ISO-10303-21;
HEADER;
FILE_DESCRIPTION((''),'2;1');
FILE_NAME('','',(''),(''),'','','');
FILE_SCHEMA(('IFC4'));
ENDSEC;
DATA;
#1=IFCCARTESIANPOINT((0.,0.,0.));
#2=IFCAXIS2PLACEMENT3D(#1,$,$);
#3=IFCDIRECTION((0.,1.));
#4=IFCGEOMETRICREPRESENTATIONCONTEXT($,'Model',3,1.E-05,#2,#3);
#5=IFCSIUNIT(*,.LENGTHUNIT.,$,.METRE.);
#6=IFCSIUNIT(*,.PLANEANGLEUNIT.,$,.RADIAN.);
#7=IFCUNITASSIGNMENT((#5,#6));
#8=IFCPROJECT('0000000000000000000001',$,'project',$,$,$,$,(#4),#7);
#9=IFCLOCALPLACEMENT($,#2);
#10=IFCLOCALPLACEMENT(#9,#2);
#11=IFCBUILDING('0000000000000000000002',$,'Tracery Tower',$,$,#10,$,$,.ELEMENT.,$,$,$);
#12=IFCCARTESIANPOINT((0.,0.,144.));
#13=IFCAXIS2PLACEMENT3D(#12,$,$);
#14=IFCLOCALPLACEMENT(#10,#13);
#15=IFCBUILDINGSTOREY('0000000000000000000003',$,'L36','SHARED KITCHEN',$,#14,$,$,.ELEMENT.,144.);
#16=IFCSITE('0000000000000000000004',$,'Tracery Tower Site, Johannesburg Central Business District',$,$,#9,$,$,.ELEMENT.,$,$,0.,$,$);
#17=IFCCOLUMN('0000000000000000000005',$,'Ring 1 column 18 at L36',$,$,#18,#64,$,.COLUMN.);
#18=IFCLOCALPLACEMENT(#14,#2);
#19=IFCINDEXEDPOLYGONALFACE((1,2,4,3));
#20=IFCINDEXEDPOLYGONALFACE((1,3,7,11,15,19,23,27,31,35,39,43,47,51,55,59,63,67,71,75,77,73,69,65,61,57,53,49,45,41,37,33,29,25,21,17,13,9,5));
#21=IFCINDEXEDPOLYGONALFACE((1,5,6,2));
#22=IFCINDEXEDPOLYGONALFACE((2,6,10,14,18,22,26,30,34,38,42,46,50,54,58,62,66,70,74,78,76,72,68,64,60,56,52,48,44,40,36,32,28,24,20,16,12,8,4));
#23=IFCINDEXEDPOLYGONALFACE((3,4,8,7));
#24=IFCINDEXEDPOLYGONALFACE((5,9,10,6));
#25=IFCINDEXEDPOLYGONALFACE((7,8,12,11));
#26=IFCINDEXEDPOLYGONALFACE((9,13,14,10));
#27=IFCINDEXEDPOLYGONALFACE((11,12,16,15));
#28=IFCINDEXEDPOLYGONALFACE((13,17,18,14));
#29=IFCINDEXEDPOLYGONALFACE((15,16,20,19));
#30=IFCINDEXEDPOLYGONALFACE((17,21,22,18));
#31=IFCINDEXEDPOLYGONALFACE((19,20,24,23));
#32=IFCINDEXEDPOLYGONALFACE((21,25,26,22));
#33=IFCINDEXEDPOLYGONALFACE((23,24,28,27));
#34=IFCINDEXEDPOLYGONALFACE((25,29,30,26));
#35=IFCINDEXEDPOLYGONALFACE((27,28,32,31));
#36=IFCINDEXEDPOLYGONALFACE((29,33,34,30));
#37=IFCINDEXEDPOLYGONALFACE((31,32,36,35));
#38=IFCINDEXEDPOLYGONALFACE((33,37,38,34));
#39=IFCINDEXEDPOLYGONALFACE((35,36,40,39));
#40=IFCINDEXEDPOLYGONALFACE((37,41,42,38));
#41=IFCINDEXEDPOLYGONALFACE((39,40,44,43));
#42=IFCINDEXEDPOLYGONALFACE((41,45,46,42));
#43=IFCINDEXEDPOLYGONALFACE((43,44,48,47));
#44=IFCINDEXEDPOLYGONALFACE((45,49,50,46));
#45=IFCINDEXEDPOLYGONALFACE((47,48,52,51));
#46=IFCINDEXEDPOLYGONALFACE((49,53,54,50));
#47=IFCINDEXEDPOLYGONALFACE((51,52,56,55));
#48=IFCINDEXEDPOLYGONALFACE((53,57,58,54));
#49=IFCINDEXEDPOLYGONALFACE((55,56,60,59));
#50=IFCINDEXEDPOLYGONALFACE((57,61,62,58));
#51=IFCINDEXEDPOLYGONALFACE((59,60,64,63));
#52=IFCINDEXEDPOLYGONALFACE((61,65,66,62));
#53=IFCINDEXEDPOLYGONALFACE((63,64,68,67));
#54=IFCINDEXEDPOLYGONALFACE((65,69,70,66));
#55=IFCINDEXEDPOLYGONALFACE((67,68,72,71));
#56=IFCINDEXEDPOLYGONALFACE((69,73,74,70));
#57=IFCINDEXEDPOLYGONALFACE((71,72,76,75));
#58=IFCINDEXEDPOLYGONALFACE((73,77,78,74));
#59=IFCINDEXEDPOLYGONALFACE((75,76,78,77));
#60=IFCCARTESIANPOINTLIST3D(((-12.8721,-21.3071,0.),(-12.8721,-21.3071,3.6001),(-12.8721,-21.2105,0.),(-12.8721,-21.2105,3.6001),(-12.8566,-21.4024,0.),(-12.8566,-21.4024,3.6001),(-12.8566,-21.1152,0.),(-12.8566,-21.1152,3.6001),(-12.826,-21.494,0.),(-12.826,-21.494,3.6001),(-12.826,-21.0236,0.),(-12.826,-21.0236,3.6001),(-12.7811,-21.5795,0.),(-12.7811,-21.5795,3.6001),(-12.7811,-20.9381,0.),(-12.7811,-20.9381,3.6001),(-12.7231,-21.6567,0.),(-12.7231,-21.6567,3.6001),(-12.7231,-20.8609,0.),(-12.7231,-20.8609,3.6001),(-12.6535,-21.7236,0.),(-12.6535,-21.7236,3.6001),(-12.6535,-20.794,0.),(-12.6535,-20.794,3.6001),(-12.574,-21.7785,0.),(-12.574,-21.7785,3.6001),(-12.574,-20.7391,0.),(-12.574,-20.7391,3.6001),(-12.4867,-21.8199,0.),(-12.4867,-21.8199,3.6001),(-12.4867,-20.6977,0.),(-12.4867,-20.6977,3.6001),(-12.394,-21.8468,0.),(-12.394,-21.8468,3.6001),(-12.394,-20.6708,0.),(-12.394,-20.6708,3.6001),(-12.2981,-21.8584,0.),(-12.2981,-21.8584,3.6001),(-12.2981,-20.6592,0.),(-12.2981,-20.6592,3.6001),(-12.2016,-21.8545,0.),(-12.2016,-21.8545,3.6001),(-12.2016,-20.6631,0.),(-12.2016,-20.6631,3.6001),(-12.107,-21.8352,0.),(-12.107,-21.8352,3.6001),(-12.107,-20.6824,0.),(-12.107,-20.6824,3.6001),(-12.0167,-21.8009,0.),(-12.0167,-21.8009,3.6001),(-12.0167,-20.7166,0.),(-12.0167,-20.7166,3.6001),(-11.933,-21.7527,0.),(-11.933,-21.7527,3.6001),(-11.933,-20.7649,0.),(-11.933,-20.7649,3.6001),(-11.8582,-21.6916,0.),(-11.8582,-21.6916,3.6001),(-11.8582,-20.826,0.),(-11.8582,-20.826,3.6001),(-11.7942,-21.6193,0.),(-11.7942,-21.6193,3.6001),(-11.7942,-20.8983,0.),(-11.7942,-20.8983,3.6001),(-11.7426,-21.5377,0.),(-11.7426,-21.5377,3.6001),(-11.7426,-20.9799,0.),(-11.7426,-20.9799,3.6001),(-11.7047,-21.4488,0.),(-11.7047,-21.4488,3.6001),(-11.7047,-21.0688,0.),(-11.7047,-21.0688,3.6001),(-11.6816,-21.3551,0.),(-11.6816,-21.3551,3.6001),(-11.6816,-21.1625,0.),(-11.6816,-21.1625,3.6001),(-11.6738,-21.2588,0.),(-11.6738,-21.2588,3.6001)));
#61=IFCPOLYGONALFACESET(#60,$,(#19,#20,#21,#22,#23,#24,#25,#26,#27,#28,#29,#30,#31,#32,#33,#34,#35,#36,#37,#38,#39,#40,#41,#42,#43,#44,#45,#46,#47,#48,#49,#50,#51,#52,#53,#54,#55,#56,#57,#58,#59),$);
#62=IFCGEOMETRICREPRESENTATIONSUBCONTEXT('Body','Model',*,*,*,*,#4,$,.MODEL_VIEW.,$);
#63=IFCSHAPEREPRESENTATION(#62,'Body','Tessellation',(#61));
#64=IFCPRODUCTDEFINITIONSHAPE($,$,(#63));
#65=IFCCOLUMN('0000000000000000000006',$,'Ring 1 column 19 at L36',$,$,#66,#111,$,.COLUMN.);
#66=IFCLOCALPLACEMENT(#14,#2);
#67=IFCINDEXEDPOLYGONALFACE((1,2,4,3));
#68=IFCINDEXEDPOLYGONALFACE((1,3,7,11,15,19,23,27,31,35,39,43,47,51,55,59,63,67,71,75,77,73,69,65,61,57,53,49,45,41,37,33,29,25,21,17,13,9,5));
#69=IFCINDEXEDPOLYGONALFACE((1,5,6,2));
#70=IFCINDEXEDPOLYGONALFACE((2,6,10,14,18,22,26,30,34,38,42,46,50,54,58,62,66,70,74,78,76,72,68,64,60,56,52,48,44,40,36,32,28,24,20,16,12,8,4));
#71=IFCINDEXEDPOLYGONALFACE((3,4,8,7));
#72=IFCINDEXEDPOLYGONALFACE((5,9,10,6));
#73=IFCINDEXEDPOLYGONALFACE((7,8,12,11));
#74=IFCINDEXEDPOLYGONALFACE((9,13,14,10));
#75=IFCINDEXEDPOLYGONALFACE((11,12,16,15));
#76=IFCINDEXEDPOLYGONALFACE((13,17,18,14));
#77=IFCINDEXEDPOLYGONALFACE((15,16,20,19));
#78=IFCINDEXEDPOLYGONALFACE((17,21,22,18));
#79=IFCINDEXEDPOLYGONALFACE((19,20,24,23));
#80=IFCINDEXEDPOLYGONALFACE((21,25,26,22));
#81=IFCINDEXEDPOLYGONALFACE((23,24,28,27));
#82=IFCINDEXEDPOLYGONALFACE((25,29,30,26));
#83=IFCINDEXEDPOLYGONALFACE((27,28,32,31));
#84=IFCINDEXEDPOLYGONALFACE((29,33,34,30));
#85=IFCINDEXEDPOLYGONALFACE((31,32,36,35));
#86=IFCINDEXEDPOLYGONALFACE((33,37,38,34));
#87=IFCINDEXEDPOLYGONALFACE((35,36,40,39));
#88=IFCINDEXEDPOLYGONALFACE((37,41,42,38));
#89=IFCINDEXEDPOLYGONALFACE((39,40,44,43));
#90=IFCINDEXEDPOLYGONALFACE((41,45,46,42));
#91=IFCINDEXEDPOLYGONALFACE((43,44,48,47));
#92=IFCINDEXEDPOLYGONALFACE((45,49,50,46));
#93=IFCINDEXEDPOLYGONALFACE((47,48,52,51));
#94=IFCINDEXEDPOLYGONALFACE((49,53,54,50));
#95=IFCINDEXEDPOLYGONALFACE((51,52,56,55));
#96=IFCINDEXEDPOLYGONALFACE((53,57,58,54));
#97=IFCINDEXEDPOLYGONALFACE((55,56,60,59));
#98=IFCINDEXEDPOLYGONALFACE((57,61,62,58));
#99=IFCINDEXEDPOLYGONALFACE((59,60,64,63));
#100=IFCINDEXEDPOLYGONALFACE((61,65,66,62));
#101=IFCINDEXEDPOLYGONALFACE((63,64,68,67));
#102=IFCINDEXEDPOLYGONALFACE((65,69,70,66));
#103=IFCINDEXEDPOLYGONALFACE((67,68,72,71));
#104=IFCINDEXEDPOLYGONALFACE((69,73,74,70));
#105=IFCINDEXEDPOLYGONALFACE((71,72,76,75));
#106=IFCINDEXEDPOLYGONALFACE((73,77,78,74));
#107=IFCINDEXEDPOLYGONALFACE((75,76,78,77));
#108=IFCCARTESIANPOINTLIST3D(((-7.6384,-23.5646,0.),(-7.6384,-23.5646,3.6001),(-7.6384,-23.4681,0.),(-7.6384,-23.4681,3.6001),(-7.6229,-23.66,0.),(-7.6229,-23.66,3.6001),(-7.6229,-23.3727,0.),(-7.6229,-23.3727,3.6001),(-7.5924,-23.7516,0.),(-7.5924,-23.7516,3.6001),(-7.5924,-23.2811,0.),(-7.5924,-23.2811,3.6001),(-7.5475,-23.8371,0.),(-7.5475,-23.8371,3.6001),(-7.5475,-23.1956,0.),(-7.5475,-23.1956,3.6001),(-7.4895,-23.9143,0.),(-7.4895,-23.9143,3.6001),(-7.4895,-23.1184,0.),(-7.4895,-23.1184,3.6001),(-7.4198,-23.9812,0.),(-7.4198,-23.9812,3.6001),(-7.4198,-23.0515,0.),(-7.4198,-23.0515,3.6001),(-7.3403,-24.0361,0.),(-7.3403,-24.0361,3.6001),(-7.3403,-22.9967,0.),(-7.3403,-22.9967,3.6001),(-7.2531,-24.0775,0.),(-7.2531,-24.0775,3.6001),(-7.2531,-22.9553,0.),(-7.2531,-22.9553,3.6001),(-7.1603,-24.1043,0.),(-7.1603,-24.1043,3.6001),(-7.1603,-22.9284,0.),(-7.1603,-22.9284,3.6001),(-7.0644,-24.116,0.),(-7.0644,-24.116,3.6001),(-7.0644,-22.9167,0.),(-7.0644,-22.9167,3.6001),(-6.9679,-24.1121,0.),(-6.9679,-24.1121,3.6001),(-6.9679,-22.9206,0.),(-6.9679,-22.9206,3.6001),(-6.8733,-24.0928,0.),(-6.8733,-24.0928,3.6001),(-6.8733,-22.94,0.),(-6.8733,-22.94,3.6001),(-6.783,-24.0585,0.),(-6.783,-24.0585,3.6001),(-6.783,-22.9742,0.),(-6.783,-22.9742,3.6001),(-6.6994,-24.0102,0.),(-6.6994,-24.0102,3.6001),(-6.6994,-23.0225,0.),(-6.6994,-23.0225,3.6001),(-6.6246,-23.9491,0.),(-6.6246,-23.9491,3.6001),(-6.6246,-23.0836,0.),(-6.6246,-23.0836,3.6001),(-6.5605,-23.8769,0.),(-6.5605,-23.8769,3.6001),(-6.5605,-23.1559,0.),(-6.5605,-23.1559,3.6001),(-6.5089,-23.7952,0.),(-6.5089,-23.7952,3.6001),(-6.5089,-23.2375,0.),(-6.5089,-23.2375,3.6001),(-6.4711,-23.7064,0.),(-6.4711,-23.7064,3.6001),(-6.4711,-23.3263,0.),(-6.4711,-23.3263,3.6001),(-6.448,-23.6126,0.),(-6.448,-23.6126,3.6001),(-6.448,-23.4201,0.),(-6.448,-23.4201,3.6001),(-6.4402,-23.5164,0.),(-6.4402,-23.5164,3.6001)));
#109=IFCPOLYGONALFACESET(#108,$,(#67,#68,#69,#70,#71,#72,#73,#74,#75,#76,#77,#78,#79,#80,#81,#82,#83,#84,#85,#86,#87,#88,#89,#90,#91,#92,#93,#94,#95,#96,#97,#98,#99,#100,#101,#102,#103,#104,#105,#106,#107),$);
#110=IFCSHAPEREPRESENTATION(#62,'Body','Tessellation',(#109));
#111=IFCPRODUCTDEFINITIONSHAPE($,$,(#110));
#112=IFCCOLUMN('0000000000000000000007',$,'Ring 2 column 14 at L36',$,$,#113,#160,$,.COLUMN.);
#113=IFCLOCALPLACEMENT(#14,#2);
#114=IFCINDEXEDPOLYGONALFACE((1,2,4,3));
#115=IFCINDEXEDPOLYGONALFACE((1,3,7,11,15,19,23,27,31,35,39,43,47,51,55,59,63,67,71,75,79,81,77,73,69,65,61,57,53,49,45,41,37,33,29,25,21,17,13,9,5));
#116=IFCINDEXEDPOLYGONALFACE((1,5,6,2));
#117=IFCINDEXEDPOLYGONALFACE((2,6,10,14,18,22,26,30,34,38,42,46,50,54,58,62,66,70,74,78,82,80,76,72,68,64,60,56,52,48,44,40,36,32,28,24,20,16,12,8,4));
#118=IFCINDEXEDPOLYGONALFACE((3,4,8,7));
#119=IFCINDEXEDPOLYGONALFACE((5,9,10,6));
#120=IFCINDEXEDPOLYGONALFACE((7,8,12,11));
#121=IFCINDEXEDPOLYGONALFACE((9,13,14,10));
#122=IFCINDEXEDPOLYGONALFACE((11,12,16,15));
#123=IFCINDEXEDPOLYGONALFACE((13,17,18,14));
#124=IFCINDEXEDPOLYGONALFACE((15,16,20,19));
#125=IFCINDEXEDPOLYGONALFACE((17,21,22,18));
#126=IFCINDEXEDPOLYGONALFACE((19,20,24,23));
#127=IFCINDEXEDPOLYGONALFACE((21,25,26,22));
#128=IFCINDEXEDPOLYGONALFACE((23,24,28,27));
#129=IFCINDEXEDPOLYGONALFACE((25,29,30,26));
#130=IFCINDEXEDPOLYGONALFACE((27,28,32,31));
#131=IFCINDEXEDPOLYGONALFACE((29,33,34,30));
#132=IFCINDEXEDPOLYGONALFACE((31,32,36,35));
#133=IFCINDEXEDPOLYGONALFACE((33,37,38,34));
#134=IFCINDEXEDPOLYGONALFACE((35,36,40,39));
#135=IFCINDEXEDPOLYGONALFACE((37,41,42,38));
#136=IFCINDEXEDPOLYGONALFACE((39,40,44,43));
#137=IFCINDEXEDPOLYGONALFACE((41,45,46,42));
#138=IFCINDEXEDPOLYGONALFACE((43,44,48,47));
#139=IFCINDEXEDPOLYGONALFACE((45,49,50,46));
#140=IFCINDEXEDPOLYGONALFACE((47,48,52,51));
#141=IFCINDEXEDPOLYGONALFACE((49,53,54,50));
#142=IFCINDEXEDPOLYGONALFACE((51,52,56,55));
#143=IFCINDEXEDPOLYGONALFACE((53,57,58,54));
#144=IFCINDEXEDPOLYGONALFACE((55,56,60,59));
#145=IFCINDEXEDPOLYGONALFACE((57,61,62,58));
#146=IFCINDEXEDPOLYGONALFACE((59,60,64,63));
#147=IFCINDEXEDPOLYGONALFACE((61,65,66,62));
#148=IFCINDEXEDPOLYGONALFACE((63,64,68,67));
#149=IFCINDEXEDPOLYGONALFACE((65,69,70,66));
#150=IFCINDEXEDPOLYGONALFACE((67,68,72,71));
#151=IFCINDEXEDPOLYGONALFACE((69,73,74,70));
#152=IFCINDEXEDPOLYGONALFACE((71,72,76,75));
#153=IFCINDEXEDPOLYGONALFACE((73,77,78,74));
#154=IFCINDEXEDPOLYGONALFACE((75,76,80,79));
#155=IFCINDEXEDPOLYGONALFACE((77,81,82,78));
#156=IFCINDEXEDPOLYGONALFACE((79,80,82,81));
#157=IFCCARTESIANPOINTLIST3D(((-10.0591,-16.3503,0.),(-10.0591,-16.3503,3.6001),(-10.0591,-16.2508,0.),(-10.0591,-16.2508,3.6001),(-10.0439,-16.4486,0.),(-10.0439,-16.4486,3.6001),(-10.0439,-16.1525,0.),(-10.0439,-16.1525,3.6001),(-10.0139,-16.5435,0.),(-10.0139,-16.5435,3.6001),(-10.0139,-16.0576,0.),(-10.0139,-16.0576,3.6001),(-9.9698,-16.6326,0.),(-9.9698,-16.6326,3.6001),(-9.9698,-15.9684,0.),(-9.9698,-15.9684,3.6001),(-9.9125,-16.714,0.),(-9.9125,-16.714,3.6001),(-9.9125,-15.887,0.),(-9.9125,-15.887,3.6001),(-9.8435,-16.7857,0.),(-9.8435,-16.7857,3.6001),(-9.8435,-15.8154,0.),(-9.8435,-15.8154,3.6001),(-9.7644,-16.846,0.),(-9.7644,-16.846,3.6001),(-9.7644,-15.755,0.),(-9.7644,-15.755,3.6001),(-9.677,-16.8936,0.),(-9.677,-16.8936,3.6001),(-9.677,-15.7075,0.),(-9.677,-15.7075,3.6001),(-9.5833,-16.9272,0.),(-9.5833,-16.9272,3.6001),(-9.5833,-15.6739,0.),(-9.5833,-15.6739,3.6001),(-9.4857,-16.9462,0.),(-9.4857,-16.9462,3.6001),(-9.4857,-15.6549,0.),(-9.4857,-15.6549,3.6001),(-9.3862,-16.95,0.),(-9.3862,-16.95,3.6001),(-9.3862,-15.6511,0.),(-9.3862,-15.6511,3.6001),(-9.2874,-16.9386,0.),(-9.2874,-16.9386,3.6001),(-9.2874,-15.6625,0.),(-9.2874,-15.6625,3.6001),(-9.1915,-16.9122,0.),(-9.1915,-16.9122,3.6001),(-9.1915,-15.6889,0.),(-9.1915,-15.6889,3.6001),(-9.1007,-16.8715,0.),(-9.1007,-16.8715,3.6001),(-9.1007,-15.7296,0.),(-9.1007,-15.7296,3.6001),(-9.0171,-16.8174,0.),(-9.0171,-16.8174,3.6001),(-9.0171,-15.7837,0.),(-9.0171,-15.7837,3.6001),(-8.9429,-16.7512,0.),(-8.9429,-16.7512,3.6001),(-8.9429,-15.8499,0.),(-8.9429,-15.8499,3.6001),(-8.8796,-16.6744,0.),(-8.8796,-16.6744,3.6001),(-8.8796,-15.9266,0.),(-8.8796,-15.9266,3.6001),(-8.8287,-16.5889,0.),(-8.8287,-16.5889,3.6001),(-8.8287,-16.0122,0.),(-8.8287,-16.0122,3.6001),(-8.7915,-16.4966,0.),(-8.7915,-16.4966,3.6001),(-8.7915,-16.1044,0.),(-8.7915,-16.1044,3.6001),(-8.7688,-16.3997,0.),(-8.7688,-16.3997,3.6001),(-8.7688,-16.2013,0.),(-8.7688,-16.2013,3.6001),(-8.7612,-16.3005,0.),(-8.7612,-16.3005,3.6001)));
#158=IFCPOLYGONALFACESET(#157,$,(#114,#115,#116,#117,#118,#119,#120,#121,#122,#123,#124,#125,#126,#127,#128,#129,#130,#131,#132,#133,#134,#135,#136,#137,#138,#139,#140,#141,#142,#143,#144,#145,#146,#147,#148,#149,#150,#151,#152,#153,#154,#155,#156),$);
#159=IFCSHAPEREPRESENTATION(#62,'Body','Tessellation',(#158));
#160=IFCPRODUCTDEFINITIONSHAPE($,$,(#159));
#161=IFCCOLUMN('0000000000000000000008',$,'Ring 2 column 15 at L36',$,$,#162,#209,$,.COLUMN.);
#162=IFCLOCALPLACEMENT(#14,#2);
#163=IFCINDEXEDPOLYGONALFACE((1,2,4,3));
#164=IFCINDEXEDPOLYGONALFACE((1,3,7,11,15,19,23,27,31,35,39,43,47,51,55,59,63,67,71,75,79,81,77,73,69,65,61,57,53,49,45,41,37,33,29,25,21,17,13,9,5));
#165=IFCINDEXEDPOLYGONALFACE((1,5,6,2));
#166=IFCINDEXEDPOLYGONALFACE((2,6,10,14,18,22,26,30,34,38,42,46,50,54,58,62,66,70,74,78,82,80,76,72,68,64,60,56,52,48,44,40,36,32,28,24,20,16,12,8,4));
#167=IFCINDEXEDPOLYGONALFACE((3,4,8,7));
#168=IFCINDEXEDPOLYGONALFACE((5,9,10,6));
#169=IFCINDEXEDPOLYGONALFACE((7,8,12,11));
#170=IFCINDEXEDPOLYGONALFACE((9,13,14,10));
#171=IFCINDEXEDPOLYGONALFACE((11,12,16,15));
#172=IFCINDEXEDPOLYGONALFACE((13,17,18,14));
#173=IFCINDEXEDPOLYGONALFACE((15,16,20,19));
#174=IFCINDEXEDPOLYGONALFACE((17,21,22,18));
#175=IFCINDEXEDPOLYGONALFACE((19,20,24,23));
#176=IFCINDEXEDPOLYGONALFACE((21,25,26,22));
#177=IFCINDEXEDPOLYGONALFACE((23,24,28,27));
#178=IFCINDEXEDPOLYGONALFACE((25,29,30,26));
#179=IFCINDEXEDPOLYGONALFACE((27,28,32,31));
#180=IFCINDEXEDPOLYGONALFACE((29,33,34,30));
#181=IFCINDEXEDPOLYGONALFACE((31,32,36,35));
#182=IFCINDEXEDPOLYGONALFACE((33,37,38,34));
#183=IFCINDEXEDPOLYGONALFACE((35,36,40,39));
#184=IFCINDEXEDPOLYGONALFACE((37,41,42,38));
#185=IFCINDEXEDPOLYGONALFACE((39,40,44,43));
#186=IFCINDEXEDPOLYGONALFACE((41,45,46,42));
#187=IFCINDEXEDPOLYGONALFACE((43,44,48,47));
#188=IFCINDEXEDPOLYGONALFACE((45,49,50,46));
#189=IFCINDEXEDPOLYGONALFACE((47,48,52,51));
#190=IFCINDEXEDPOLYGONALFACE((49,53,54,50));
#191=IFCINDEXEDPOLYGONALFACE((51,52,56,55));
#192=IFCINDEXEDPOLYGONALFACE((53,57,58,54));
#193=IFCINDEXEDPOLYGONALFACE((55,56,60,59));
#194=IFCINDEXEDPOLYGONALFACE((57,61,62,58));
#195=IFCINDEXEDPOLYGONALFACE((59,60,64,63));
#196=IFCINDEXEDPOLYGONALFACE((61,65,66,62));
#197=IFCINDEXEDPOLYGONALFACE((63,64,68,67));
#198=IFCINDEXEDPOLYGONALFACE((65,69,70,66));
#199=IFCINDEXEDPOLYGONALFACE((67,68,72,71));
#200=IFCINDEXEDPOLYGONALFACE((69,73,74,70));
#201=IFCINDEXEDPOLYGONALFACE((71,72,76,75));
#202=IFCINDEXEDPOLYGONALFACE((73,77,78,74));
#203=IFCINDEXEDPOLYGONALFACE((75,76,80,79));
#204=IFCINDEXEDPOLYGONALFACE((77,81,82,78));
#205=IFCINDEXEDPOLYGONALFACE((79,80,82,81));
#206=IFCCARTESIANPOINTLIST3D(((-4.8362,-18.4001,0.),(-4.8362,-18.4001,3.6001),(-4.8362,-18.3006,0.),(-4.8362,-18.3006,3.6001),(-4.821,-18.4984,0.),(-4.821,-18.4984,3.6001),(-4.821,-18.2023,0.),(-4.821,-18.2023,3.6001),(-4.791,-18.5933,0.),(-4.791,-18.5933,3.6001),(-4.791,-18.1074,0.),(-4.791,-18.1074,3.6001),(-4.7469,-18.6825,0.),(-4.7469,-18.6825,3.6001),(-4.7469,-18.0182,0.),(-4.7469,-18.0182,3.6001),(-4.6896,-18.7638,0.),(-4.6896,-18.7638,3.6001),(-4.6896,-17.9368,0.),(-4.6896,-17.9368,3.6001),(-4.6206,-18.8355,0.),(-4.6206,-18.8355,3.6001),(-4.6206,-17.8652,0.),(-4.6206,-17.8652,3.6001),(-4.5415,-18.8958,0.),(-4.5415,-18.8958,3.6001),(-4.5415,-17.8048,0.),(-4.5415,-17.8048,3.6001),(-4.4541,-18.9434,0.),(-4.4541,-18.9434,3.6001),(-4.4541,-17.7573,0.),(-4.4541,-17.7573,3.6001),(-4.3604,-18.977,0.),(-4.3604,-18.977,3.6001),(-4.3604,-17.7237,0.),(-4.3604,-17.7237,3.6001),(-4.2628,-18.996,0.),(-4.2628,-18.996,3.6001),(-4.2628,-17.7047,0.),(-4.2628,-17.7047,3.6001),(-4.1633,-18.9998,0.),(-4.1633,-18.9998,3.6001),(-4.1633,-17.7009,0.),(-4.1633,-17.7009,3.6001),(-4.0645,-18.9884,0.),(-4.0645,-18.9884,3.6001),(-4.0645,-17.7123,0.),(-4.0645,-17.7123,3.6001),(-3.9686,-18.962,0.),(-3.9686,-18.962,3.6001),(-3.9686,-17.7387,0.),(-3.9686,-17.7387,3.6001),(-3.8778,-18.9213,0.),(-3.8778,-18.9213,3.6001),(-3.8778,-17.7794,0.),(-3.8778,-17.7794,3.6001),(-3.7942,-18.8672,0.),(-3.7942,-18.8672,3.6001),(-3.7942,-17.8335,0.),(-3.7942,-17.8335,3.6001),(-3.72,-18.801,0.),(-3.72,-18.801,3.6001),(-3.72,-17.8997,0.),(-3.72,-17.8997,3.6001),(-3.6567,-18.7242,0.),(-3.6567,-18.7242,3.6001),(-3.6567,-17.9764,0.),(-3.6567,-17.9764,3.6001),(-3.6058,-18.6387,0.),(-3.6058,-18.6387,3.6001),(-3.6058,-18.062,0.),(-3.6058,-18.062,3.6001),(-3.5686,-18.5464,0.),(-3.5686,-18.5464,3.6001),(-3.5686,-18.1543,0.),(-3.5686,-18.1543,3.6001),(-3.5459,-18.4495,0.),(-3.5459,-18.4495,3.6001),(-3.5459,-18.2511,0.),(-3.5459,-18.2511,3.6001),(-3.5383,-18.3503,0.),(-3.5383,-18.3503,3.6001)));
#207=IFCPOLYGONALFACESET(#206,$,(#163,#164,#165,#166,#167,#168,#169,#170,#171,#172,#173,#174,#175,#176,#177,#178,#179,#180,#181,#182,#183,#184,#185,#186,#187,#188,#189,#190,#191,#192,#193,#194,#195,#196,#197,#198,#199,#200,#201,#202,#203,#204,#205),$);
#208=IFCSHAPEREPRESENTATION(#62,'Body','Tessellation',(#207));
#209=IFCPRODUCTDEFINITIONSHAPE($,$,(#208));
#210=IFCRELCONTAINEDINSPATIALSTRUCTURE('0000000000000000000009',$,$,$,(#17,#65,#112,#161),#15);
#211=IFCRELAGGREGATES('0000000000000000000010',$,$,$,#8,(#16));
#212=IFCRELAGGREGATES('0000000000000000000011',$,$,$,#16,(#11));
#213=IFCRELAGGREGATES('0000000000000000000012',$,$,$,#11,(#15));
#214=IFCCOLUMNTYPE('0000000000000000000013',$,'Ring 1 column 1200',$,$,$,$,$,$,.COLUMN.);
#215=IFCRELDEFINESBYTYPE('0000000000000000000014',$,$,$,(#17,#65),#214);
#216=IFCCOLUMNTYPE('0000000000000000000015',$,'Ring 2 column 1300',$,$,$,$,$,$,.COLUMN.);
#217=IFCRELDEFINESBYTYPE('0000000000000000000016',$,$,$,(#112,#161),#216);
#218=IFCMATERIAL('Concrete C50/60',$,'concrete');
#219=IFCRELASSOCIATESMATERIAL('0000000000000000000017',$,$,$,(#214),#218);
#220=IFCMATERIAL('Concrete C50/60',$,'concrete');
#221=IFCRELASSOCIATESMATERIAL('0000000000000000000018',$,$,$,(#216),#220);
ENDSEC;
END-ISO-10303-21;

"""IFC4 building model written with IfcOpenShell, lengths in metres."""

from ifc_helpers import new_model, si_unit, direction, frame, origin, origin_2d, place, context, subcontext, project, spatial, circle, extrude, material, material_profile, profile_set, type_object, element, save


model = new_model("IFC4")

# Units and contexts
model_context = context("Model", 3, precision=1e-05, world=origin(), true_north=direction((0.0, 1.0)))
body_context = subcontext(model_context, "Body", "Model", "MODEL_VIEW")
ifc_project = project(units=[si_unit("LENGTHUNIT", "METRE"), si_unit("PLANEANGLEUNIT", "RADIAN")], contexts=[model_context])

# Site, building, storey
site_placement = place(None, origin())
site = spatial("IfcSite", under=ifc_project, at=site_placement, Name="Tracery Tower Site, Johannesburg Central Business District", CompositionType="ELEMENT", RefElevation=0.0)
building_placement = place(site_placement, origin())
building = spatial("IfcBuilding", under=site, at=building_placement, Name="Tracery Tower", CompositionType="ELEMENT")
storey_placement = place(building_placement, frame((0.0, 0.0, 144.0)))
storey = spatial("IfcBuildingStorey", under=building, at=storey_placement, Name="L36", Description="SHARED KITCHEN", CompositionType="ELEMENT", Elevation=144.0)

# Columns
ifc_material_1 = material(Name="Concrete C50/60", Category="concrete")
ifc_material_profile_1 = material_profile(ifc_material_1, circle(Radius=0.6001, at=origin_2d()), Name="RC D1200")
ifc_profile_set_1 = profile_set([ifc_material_profile_1], Name="Concrete C50/60")
column_type_1 = type_object("IfcColumnType", Name="Ring 1 column 1200", PredefinedType="COLUMN", material=ifc_profile_set_1)
for number, where, z_axis, x_axis, name in (
    (1, (-12.2739, -21.2588, 0.0), (0.0, 0.0, 1.0), (1.0, 0.0, 0.0), "Ring 1 column 18 at L36"),
    (2, (-7.0403, -23.5164, 0.0), (0.0, 0.0, 1.0), (1.0, 0.0, 0.0), "Ring 1 column 19 at L36"),
):
    element("IfcColumn", number, at=place(storey_placement, frame(where, z_axis=z_axis, x_axis=x_axis)), inside=storey, type_object=column_type_1, Name=name, PredefinedType="COLUMN", context=body_context, shape_type="SweptSolid", body=[
        extrude(circle(Radius=0.6001, at=origin_2d()), origin(), (0.0, 0.0, 1.0), 3.6001),
    ])
ifc_material_2 = material(Name="Concrete C50/60", Category="concrete")
ifc_material_profile_2 = material_profile(ifc_material_2, circle(Radius=0.6499, at=origin_2d()), Name="RC D1300")
ifc_profile_set_2 = profile_set([ifc_material_profile_2], Name="Concrete C50/60")
column_type_2 = type_object("IfcColumnType", Name="Ring 2 column 1300", PredefinedType="COLUMN", material=ifc_profile_set_2)
for number, where, z_axis, x_axis, name in (
    (3, (-9.4111, -16.3005, 0.0), (0.0, 0.0, 1.0), (1.0, 0.0, 0.0), "Ring 2 column 14 at L36"),
    (4, (-4.1882, -18.3503, 0.0), (0.0, 0.0, 1.0), (1.0, 0.0, 0.0), "Ring 2 column 15 at L36"),
):
    element("IfcColumn", number, at=place(storey_placement, frame(where, z_axis=z_axis, x_axis=x_axis)), inside=storey, type_object=column_type_2, Name=name, PredefinedType="COLUMN", context=body_context, shape_type="SweptSolid", body=[
        extrude(circle(Radius=0.6499, at=origin_2d()), origin(), (0.0, 0.0, 1.0), 3.6001),
    ])

save(model, "model.ifc")
